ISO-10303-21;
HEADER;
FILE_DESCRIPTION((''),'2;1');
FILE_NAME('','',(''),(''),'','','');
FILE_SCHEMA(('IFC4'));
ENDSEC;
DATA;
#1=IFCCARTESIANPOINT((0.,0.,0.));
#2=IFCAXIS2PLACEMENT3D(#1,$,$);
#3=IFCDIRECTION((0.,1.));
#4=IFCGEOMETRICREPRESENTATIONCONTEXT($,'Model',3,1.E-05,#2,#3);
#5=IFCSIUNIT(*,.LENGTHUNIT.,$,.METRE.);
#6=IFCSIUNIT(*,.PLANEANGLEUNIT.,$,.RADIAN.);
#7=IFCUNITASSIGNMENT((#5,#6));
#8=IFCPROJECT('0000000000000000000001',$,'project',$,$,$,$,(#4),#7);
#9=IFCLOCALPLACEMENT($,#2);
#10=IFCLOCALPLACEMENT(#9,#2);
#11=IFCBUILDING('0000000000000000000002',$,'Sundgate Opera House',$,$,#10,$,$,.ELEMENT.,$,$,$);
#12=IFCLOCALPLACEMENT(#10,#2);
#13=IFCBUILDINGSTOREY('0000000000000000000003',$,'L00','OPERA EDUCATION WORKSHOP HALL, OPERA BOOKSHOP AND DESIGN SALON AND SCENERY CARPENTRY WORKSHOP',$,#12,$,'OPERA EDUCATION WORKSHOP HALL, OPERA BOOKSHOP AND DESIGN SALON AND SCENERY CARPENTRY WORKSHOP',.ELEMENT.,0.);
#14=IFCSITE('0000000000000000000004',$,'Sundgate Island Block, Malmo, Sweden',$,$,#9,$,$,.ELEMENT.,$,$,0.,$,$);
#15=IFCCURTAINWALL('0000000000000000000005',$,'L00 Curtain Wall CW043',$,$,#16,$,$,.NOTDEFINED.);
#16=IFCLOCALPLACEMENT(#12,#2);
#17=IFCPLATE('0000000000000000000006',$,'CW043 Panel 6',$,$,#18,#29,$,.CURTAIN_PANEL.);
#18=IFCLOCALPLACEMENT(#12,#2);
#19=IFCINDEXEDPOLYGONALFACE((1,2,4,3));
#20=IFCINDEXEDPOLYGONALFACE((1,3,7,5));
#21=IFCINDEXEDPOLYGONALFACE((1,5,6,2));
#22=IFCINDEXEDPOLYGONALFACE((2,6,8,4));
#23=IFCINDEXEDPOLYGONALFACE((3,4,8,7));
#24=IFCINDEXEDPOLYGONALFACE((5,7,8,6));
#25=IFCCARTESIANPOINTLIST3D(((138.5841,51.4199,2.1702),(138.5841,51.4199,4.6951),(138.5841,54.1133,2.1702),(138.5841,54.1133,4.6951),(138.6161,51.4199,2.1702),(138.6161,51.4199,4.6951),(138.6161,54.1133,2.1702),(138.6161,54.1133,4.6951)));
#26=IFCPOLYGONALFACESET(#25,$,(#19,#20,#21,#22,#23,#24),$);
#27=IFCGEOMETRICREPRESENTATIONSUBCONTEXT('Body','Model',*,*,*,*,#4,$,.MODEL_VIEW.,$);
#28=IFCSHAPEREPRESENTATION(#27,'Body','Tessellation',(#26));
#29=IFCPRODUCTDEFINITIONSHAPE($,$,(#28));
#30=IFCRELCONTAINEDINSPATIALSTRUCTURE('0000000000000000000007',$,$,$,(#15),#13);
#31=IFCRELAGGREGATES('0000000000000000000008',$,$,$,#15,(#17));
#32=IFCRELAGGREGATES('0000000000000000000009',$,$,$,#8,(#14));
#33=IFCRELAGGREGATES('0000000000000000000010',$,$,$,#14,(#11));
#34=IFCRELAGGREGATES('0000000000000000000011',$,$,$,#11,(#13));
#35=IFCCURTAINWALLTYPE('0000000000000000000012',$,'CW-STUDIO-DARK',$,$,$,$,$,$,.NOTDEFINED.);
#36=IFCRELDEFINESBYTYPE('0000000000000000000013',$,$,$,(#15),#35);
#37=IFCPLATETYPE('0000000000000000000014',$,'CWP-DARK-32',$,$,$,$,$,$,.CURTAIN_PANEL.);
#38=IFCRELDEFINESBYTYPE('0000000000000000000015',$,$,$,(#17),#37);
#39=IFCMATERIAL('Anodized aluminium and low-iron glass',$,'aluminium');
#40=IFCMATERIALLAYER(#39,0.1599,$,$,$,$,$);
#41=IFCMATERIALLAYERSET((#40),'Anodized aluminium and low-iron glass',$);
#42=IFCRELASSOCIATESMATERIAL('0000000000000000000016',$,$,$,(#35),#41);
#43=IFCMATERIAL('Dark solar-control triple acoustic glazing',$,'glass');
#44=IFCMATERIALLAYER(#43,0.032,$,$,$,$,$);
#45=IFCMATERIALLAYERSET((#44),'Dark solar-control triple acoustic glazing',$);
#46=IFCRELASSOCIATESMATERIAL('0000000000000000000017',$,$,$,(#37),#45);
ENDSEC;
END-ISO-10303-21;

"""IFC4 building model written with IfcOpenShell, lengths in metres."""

from ifc_helpers import new_model, si_unit, direction, frame, origin, origin_2d, place, context, subcontext, project, spatial, rectangle, extrude, material, layer, layer_set, type_object, element, aggregate, save


model = new_model("IFC4")

# Units and contexts
model_context = context("Model", 3, precision=1e-05, world=origin(), true_north=direction((0.0, 1.0)))
body_context = subcontext(model_context, "Body", "Model", "MODEL_VIEW")
ifc_project = project(units=[si_unit("LENGTHUNIT", "METRE"), si_unit("PLANEANGLEUNIT", "RADIAN")], contexts=[model_context])

# Site, building, storey
site_placement = place(None, origin())
site = spatial("IfcSite", under=ifc_project, at=site_placement, Name="Sundgate Island Block, Malmo, Sweden", CompositionType="ELEMENT", RefElevation=0.0)
building_placement = place(site_placement, origin())
building = spatial("IfcBuilding", under=site, at=building_placement, Name="Sundgate Opera House", CompositionType="ELEMENT")
storey_placement = place(building_placement, origin())
storey = spatial("IfcBuildingStorey", under=building, at=storey_placement, Name="L00", Description="OPERA EDUCATION WORKSHOP HALL, OPERA BOOKSHOP AND DESIGN SALON AND SCENERY CARPENTRY WORKSHOP", LongName="OPERA EDUCATION WORKSHOP HALL, OPERA BOOKSHOP AND DESIGN SALON AND SCENERY CARPENTRY WORKSHOP", CompositionType="ELEMENT", Elevation=0.0)

# Curtain wall, plate
ifc_material_1 = material(Name="Anodized aluminium and low-iron glass", Category="aluminium")
ifc_layer_1 = layer(ifc_material_1, 0.1599)
ifc_layer_set_1 = layer_set([ifc_layer_1], Name="Anodized aluminium and low-iron glass")
curtain_wall_type = type_object("IfcCurtainWallType", Name="CW-STUDIO-DARK", PredefinedType="NOTDEFINED", material=ifc_layer_set_1)
curtain_wall_placement = place(storey_placement, origin())
curtain_wall = element("IfcCurtainWall", 1, at=curtain_wall_placement, inside=storey, type_object=curtain_wall_type, Name="L00 Curtain Wall CW043", PredefinedType="NOTDEFINED")
ifc_material_2 = material(Name="Dark solar-control triple acoustic glazing", Category="glass")
ifc_layer_2 = layer(ifc_material_2, 0.032)
ifc_layer_set_2 = layer_set([ifc_layer_2], Name="Dark solar-control triple acoustic glazing")
plate_type = type_object("IfcPlateType", Name="CWP-DARK-32", PredefinedType="CURTAIN_PANEL", material=ifc_layer_set_2)
plate_1_placement = place(storey_placement, frame((138.6001, 52.7666, 2.1702), z_axis=(0.0, 0.0, 1.0), x_axis=(0.0, -1.0, 0.0)))
plate_1 = element("IfcPlate", 2, at=plate_1_placement, type_object=plate_type, Name="CW043 Panel 6", PredefinedType="CURTAIN_PANEL", context=body_context, shape_type="SweptSolid", body=[
    extrude(rectangle(XDim=2.6934, YDim=0.032, at=origin_2d()), origin(), (0.0, 0.0, 1.0), 2.5249),
])
aggregate(curtain_wall, [plate_1])

save(model, "model.ifc")
